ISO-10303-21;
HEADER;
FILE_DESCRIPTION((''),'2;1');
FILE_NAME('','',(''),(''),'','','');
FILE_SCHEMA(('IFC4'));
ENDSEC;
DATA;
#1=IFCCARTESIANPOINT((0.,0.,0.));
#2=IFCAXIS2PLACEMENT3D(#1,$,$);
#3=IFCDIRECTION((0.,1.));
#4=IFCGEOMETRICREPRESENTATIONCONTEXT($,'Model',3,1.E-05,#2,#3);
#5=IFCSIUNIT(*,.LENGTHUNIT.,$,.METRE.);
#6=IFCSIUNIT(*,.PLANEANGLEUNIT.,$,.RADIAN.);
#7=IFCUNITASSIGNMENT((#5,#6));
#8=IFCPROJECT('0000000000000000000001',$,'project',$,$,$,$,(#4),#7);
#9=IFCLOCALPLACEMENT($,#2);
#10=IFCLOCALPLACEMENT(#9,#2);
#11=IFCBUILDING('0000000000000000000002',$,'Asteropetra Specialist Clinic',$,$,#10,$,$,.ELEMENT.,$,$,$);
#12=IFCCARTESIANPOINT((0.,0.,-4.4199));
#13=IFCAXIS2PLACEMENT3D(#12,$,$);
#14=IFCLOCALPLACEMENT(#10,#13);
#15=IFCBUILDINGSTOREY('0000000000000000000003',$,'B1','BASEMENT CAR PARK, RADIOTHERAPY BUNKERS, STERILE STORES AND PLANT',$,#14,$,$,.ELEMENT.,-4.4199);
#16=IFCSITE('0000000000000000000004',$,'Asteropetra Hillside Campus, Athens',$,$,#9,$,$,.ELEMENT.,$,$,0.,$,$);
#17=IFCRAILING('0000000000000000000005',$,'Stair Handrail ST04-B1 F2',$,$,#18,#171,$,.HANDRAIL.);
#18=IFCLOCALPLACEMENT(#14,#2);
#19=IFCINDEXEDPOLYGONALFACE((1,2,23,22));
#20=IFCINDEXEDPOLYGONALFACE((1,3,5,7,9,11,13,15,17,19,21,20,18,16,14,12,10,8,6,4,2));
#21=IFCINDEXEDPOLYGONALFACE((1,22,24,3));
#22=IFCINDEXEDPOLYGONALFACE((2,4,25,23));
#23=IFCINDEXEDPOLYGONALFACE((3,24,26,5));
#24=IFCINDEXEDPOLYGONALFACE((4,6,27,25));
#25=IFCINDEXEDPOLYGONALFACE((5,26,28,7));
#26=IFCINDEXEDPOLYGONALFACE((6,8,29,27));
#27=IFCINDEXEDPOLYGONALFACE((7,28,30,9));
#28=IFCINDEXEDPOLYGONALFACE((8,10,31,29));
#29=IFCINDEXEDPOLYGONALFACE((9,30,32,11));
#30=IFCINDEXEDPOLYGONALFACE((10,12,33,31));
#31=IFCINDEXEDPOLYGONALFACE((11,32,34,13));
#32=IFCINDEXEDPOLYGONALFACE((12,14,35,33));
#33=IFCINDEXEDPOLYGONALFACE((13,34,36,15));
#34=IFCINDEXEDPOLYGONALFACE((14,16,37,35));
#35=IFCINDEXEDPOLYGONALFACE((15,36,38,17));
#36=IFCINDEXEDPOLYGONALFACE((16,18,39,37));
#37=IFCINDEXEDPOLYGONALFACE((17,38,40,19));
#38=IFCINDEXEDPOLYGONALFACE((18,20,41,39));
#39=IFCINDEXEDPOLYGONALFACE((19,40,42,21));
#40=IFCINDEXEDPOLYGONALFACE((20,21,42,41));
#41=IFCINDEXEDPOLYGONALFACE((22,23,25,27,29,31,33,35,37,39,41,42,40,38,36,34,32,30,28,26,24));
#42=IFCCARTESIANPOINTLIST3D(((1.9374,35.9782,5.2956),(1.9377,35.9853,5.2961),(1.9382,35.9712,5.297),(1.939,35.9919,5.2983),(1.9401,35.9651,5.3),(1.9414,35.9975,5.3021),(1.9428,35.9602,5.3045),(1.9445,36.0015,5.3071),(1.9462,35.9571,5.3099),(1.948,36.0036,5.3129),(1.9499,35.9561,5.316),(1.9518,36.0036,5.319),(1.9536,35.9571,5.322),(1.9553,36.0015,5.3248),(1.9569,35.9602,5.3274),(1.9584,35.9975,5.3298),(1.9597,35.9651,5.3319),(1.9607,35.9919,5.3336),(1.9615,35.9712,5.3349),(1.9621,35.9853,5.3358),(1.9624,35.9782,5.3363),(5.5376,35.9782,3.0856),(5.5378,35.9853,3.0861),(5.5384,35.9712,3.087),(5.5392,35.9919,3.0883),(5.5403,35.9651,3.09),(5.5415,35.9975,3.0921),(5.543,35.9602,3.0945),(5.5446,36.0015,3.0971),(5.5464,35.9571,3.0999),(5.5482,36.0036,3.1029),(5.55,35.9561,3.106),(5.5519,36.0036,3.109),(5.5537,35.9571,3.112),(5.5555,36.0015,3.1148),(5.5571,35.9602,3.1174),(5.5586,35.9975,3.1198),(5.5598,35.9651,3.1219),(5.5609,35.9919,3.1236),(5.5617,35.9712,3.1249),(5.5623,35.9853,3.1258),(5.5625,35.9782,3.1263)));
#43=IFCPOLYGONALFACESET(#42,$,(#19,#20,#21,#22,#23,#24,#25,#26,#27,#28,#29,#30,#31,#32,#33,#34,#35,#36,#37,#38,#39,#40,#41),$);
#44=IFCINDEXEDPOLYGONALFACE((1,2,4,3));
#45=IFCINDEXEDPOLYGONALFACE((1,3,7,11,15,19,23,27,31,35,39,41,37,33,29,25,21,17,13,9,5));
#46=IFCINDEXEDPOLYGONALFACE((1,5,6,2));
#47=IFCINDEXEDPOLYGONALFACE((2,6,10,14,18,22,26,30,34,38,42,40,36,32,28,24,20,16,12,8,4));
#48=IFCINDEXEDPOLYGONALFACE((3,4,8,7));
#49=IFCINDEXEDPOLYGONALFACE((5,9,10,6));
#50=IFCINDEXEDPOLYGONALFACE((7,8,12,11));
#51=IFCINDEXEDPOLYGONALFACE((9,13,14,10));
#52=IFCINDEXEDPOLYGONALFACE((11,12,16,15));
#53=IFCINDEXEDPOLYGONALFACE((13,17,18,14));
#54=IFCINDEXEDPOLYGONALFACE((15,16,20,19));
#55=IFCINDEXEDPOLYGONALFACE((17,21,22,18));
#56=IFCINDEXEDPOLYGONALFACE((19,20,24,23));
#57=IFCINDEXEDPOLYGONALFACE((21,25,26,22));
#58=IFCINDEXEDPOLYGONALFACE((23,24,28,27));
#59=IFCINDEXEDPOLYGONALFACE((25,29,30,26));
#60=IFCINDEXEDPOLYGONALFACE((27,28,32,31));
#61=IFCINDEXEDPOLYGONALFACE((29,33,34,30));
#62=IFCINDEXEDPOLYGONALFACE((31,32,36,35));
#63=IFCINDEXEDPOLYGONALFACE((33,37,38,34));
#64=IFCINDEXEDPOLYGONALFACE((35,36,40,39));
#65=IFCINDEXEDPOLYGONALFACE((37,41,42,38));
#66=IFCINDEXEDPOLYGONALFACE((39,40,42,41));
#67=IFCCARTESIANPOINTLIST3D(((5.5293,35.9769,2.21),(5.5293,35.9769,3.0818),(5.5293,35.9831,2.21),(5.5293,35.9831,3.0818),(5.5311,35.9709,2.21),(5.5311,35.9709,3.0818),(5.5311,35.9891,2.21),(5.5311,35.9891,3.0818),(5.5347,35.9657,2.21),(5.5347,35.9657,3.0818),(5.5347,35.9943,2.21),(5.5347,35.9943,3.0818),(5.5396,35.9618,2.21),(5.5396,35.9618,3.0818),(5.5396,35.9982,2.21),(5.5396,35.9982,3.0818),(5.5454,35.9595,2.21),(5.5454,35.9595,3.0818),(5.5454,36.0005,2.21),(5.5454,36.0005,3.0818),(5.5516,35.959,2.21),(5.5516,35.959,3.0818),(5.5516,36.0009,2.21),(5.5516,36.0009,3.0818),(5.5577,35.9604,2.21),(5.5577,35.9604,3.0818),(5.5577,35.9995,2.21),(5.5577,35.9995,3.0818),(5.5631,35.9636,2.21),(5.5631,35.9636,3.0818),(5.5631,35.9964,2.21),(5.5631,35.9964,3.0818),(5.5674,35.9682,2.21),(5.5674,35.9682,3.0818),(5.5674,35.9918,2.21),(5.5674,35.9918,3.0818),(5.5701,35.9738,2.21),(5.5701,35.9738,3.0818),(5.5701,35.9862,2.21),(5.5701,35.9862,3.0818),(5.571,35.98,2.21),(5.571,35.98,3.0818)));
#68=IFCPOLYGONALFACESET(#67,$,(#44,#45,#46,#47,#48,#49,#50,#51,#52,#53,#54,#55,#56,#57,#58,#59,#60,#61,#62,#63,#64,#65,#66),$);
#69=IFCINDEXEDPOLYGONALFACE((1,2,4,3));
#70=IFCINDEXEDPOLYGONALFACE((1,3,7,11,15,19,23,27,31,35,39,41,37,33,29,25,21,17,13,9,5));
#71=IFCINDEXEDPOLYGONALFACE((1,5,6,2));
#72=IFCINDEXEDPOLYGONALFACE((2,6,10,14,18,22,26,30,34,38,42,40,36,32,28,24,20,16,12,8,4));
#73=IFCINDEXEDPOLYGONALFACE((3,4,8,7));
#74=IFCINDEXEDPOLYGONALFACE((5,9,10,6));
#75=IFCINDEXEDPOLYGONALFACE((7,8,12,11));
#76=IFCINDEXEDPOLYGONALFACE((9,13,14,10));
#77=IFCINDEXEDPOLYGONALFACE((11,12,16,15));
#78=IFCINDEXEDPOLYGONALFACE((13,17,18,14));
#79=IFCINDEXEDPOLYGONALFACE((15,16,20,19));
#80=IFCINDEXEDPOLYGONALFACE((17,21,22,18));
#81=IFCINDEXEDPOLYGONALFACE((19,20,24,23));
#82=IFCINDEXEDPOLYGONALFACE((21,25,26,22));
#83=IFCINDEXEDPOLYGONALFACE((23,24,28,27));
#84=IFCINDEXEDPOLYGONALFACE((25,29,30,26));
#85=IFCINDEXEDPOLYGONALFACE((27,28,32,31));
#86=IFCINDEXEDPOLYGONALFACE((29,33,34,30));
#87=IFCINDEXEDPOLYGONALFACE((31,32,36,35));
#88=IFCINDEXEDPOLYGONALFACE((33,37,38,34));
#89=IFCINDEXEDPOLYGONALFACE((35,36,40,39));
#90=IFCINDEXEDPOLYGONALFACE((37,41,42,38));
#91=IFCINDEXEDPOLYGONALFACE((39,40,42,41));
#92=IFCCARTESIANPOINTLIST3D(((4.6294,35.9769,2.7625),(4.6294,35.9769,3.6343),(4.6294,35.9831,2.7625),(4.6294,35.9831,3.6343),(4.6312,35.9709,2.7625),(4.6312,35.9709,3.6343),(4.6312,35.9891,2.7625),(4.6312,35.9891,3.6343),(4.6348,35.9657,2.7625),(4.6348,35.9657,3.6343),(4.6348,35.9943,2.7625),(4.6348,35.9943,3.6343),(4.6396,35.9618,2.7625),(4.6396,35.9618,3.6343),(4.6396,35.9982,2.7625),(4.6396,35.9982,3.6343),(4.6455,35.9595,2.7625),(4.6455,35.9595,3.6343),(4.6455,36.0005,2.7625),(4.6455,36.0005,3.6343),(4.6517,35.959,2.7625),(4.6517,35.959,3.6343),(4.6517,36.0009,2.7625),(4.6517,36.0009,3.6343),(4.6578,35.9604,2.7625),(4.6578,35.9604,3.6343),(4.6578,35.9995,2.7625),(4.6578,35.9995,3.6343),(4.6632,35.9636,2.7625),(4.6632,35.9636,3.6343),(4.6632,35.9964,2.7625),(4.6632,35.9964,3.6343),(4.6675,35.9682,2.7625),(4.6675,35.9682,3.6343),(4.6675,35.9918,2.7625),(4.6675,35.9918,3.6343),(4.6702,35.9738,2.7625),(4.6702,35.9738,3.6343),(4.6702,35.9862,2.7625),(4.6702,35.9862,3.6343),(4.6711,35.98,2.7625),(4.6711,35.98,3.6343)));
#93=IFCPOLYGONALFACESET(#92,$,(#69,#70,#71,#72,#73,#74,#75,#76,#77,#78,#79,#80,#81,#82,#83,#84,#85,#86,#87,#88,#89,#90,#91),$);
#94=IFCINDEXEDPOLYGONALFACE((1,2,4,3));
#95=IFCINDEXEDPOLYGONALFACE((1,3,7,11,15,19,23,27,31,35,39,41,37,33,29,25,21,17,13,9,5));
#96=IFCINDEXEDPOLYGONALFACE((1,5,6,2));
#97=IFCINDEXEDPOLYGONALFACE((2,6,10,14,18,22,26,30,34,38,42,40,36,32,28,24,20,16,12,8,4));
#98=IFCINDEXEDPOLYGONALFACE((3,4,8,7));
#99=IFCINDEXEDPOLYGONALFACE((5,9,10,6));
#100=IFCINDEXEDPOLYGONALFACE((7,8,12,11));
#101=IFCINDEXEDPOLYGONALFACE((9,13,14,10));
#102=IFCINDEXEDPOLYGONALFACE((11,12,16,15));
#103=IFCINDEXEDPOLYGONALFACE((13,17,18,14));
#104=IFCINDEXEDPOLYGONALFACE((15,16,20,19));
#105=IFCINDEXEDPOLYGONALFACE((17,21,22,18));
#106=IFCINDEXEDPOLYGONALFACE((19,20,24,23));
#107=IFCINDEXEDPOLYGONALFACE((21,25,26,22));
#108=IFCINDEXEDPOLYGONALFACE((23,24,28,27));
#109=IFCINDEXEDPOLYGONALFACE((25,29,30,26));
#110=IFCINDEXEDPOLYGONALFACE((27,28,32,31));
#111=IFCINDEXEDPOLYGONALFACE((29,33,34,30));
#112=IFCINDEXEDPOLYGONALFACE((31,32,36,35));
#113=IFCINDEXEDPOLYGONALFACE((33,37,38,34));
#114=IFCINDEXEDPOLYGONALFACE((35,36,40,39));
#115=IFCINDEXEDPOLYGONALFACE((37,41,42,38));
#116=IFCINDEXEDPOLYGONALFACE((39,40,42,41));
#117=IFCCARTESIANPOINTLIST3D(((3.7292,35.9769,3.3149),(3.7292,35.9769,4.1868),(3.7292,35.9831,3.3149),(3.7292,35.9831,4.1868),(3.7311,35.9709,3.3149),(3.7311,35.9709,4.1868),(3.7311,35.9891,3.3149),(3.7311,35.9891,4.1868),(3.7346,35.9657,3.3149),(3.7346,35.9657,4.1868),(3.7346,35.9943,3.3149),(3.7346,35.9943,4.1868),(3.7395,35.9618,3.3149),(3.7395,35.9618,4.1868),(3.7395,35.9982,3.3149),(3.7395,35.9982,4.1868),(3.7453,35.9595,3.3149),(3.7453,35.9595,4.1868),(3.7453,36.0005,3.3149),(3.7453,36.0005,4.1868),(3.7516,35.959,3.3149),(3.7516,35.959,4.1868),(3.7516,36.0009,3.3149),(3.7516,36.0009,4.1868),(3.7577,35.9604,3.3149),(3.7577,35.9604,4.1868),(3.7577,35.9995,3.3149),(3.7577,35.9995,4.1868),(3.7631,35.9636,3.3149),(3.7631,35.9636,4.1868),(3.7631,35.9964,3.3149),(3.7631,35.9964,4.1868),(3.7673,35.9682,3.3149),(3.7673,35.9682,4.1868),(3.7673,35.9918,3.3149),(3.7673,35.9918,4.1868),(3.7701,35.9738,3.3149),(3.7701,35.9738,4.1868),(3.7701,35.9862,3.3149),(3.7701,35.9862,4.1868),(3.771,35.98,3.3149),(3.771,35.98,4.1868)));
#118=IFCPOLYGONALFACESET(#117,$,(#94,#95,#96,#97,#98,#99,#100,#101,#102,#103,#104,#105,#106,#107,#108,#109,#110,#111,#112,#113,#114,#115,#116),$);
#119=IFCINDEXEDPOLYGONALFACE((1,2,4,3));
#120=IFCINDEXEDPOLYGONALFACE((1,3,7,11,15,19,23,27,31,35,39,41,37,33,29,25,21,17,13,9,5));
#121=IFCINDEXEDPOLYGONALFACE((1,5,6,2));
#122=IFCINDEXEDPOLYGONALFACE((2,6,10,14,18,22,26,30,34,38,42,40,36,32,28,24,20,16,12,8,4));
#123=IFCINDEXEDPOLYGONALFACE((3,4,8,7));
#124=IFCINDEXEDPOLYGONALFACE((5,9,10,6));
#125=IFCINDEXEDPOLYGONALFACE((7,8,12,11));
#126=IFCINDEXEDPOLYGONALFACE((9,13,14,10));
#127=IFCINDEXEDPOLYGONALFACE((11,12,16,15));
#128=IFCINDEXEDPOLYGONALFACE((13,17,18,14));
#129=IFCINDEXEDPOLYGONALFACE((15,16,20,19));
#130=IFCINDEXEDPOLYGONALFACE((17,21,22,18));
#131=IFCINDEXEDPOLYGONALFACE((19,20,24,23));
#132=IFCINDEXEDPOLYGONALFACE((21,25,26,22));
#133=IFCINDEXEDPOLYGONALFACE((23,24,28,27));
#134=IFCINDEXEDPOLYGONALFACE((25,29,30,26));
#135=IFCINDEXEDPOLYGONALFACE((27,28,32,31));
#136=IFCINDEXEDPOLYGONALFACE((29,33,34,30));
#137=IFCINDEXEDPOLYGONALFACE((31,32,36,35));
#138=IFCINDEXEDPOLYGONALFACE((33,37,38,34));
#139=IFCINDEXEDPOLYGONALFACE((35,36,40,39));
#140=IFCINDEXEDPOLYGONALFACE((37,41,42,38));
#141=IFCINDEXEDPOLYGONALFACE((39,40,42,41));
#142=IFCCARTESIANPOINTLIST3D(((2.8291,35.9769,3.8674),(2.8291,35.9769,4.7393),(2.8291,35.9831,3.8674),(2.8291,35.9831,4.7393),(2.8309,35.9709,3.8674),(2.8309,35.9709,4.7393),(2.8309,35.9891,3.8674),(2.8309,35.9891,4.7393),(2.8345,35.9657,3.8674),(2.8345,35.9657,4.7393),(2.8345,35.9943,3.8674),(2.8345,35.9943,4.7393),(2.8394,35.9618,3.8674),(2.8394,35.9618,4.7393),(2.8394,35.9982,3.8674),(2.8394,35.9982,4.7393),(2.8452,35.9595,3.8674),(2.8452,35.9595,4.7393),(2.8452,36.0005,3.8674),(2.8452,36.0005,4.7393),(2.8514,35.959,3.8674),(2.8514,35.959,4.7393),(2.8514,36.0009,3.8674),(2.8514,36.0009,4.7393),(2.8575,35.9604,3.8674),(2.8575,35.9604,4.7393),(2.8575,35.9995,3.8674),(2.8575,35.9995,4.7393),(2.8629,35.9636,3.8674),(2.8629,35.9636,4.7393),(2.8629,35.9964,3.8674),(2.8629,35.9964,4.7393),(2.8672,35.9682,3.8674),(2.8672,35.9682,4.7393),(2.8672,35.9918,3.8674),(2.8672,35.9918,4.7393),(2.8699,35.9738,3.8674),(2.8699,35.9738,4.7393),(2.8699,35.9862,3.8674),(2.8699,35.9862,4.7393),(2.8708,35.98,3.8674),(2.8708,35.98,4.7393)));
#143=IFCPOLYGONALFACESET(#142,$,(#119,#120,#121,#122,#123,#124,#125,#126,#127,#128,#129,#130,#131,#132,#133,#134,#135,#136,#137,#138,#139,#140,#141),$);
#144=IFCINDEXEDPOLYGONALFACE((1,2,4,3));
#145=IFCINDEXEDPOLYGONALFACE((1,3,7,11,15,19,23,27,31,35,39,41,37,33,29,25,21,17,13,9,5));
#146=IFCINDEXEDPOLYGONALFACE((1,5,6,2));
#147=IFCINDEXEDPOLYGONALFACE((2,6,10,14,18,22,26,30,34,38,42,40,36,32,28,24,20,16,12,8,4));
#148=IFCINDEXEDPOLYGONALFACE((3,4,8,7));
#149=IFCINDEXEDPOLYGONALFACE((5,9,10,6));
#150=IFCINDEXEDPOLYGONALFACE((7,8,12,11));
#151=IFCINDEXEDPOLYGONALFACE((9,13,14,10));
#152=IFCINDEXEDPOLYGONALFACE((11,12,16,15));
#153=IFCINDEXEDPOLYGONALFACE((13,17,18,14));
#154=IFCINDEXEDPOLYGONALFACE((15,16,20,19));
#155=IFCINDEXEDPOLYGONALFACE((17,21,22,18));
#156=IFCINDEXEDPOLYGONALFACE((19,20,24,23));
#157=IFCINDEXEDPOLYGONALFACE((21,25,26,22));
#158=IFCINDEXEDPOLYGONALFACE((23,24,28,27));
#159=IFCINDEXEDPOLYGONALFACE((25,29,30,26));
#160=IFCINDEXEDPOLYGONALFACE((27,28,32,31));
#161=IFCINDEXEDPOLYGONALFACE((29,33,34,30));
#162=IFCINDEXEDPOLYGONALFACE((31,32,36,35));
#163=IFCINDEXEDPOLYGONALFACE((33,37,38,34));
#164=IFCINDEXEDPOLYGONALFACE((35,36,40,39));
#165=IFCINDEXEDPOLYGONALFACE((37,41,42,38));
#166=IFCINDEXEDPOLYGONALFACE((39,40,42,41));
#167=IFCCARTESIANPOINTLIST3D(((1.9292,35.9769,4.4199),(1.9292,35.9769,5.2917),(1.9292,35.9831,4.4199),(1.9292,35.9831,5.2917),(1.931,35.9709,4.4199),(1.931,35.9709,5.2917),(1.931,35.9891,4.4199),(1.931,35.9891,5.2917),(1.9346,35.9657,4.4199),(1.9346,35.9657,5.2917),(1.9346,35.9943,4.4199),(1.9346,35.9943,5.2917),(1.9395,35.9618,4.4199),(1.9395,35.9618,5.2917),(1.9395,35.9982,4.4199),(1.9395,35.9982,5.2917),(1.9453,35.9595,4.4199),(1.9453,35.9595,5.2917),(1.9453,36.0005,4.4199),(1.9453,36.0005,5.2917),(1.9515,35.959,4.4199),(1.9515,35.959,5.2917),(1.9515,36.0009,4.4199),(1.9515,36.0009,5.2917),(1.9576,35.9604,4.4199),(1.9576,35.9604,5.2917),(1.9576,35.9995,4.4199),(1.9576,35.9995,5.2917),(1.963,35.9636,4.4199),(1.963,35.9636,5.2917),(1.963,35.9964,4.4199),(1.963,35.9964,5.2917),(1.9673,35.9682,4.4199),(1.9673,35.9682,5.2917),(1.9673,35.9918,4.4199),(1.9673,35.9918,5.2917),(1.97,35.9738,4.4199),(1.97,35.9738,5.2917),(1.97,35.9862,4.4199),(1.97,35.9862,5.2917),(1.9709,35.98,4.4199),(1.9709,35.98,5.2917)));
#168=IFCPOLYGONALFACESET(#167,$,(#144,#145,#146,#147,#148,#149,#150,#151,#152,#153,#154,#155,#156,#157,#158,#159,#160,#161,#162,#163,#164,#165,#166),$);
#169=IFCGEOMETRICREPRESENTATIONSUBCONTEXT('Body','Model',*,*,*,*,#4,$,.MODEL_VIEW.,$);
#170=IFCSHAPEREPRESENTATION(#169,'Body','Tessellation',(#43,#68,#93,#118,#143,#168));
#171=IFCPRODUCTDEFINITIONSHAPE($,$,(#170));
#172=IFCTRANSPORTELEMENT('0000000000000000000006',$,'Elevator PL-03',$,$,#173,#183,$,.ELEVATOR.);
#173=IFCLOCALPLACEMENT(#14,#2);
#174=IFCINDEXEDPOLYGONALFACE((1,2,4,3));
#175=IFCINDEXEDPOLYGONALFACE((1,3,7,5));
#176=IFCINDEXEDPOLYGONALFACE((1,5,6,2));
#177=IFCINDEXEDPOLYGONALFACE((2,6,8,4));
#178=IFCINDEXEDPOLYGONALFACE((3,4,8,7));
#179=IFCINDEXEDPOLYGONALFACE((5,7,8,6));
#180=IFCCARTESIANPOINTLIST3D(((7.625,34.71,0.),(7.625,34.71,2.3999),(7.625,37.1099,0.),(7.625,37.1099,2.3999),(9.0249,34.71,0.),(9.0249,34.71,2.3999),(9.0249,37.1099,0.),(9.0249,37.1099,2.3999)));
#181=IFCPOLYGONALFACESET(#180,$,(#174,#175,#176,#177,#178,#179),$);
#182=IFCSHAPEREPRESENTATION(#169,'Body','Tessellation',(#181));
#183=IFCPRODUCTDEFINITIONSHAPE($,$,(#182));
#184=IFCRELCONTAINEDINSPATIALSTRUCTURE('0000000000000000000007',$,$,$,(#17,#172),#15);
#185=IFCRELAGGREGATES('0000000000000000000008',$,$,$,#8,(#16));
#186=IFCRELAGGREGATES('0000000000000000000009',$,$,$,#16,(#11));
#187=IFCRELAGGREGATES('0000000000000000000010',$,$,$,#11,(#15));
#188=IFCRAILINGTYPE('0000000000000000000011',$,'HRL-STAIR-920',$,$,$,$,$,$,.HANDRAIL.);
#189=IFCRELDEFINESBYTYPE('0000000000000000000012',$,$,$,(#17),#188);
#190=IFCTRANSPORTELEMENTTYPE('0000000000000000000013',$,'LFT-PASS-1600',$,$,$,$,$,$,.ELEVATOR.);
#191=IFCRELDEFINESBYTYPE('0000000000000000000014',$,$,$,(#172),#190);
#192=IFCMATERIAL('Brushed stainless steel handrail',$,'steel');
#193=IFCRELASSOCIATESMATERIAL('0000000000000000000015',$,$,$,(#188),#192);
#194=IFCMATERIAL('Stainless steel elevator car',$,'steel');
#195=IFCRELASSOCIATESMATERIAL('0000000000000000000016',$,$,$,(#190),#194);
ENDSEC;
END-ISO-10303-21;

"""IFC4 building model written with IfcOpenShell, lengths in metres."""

from ifc_helpers import new_model, si_unit, direction, frame, origin, origin_2d, place, context, subcontext, project, spatial, rectangle, circle, extrude, material, type_object, element, save


model = new_model("IFC4")

# Units and contexts
model_context = context("Model", 3, precision=1e-05, world=origin(), true_north=direction((0.0, 1.0)))
body_context = subcontext(model_context, "Body", "Model", "MODEL_VIEW")
ifc_project = project(units=[si_unit("LENGTHUNIT", "METRE"), si_unit("PLANEANGLEUNIT", "RADIAN")], contexts=[model_context])

# Site, building, storey
site_placement = place(None, origin())
site = spatial("IfcSite", under=ifc_project, at=site_placement, Name="Asteropetra Hillside Campus, Athens", CompositionType="ELEMENT", RefElevation=0.0)
building_placement = place(site_placement, origin())
building = spatial("IfcBuilding", under=site, at=building_placement, Name="Asteropetra Specialist Clinic", CompositionType="ELEMENT")
storey_placement = place(building_placement, frame((0.0, 0.0, -4.4199)))
storey = spatial("IfcBuildingStorey", under=building, at=storey_placement, Name="B1", Description="BASEMENT CAR PARK, RADIOTHERAPY BUNKERS, STERILE STORES AND PLANT", CompositionType="ELEMENT", Elevation=-4.4199)

# Railing
ifc_material_1 = material(Name="Brushed stainless steel handrail", Category="steel")
railing_type_1 = type_object("IfcRailingType", Name="HRL-STAIR-920", PredefinedType="HANDRAIL", material=ifc_material_1)
railing_1_placement = place(storey_placement, frame((5.55, 35.98, 2.21)))
element("IfcRailing", 1, at=railing_1_placement, inside=storey, type_object=railing_type_1, Name="Stair Handrail ST04-B1 F2", PredefinedType="HANDRAIL", context=body_context, shape_type="SweptSolid", body=[
    extrude(circle(Radius=0.0239, at=origin_2d()), frame((0.0, 0.0, 0.896), z_axis=(-0.852237, 0.0, 0.523156), x_axis=(0.0, -1.0, 0.0)), (0.0, 0.0, 1.0), 4.2244),
    extrude(circle(Radius=0.021, at=origin_2d()), origin(), (0.0, 0.0, 1.0), 0.8718),
    extrude(circle(Radius=0.021, at=origin_2d()), frame((-0.8999, 0.0, 0.5525)), (0.0, 0.0, 1.0), 0.8718),
    extrude(circle(Radius=0.021, at=origin_2d()), frame((-1.8, 0.0, 1.105)), (0.0, 0.0, 1.0), 0.8718),
    extrude(circle(Radius=0.021, at=origin_2d()), frame((-2.7002, 0.0, 1.6575)), (0.0, 0.0, 1.0), 0.8718),
    extrude(circle(Radius=0.021, at=origin_2d()), frame((-3.6001, 0.0, 2.21)), (0.0, 0.0, 1.0), 0.8718),
])

# Transport element
ifc_material_2 = material(Name="Stainless steel elevator car", Category="steel")
transport_element_type = type_object("IfcTransportElementType", Name="LFT-PASS-1600", PredefinedType="ELEVATOR", material=ifc_material_2)
transport_element_placement = place(storey_placement, frame((8.325, 35.9099, 0.0), z_axis=(0.0, 0.0, 1.0), x_axis=(1.0, 0.0, 0.0)))
element("IfcTransportElement", 2, at=transport_element_placement, inside=storey, type_object=transport_element_type, Name="Elevator PL-03", PredefinedType="ELEVATOR", context=body_context, shape_type="SweptSolid", body=[
    extrude(rectangle(XDim=1.3999, YDim=2.3999, at=origin_2d()), origin(), (0.0, 0.0, 1.0), 2.3999),
])

save(model, "model.ifc")
